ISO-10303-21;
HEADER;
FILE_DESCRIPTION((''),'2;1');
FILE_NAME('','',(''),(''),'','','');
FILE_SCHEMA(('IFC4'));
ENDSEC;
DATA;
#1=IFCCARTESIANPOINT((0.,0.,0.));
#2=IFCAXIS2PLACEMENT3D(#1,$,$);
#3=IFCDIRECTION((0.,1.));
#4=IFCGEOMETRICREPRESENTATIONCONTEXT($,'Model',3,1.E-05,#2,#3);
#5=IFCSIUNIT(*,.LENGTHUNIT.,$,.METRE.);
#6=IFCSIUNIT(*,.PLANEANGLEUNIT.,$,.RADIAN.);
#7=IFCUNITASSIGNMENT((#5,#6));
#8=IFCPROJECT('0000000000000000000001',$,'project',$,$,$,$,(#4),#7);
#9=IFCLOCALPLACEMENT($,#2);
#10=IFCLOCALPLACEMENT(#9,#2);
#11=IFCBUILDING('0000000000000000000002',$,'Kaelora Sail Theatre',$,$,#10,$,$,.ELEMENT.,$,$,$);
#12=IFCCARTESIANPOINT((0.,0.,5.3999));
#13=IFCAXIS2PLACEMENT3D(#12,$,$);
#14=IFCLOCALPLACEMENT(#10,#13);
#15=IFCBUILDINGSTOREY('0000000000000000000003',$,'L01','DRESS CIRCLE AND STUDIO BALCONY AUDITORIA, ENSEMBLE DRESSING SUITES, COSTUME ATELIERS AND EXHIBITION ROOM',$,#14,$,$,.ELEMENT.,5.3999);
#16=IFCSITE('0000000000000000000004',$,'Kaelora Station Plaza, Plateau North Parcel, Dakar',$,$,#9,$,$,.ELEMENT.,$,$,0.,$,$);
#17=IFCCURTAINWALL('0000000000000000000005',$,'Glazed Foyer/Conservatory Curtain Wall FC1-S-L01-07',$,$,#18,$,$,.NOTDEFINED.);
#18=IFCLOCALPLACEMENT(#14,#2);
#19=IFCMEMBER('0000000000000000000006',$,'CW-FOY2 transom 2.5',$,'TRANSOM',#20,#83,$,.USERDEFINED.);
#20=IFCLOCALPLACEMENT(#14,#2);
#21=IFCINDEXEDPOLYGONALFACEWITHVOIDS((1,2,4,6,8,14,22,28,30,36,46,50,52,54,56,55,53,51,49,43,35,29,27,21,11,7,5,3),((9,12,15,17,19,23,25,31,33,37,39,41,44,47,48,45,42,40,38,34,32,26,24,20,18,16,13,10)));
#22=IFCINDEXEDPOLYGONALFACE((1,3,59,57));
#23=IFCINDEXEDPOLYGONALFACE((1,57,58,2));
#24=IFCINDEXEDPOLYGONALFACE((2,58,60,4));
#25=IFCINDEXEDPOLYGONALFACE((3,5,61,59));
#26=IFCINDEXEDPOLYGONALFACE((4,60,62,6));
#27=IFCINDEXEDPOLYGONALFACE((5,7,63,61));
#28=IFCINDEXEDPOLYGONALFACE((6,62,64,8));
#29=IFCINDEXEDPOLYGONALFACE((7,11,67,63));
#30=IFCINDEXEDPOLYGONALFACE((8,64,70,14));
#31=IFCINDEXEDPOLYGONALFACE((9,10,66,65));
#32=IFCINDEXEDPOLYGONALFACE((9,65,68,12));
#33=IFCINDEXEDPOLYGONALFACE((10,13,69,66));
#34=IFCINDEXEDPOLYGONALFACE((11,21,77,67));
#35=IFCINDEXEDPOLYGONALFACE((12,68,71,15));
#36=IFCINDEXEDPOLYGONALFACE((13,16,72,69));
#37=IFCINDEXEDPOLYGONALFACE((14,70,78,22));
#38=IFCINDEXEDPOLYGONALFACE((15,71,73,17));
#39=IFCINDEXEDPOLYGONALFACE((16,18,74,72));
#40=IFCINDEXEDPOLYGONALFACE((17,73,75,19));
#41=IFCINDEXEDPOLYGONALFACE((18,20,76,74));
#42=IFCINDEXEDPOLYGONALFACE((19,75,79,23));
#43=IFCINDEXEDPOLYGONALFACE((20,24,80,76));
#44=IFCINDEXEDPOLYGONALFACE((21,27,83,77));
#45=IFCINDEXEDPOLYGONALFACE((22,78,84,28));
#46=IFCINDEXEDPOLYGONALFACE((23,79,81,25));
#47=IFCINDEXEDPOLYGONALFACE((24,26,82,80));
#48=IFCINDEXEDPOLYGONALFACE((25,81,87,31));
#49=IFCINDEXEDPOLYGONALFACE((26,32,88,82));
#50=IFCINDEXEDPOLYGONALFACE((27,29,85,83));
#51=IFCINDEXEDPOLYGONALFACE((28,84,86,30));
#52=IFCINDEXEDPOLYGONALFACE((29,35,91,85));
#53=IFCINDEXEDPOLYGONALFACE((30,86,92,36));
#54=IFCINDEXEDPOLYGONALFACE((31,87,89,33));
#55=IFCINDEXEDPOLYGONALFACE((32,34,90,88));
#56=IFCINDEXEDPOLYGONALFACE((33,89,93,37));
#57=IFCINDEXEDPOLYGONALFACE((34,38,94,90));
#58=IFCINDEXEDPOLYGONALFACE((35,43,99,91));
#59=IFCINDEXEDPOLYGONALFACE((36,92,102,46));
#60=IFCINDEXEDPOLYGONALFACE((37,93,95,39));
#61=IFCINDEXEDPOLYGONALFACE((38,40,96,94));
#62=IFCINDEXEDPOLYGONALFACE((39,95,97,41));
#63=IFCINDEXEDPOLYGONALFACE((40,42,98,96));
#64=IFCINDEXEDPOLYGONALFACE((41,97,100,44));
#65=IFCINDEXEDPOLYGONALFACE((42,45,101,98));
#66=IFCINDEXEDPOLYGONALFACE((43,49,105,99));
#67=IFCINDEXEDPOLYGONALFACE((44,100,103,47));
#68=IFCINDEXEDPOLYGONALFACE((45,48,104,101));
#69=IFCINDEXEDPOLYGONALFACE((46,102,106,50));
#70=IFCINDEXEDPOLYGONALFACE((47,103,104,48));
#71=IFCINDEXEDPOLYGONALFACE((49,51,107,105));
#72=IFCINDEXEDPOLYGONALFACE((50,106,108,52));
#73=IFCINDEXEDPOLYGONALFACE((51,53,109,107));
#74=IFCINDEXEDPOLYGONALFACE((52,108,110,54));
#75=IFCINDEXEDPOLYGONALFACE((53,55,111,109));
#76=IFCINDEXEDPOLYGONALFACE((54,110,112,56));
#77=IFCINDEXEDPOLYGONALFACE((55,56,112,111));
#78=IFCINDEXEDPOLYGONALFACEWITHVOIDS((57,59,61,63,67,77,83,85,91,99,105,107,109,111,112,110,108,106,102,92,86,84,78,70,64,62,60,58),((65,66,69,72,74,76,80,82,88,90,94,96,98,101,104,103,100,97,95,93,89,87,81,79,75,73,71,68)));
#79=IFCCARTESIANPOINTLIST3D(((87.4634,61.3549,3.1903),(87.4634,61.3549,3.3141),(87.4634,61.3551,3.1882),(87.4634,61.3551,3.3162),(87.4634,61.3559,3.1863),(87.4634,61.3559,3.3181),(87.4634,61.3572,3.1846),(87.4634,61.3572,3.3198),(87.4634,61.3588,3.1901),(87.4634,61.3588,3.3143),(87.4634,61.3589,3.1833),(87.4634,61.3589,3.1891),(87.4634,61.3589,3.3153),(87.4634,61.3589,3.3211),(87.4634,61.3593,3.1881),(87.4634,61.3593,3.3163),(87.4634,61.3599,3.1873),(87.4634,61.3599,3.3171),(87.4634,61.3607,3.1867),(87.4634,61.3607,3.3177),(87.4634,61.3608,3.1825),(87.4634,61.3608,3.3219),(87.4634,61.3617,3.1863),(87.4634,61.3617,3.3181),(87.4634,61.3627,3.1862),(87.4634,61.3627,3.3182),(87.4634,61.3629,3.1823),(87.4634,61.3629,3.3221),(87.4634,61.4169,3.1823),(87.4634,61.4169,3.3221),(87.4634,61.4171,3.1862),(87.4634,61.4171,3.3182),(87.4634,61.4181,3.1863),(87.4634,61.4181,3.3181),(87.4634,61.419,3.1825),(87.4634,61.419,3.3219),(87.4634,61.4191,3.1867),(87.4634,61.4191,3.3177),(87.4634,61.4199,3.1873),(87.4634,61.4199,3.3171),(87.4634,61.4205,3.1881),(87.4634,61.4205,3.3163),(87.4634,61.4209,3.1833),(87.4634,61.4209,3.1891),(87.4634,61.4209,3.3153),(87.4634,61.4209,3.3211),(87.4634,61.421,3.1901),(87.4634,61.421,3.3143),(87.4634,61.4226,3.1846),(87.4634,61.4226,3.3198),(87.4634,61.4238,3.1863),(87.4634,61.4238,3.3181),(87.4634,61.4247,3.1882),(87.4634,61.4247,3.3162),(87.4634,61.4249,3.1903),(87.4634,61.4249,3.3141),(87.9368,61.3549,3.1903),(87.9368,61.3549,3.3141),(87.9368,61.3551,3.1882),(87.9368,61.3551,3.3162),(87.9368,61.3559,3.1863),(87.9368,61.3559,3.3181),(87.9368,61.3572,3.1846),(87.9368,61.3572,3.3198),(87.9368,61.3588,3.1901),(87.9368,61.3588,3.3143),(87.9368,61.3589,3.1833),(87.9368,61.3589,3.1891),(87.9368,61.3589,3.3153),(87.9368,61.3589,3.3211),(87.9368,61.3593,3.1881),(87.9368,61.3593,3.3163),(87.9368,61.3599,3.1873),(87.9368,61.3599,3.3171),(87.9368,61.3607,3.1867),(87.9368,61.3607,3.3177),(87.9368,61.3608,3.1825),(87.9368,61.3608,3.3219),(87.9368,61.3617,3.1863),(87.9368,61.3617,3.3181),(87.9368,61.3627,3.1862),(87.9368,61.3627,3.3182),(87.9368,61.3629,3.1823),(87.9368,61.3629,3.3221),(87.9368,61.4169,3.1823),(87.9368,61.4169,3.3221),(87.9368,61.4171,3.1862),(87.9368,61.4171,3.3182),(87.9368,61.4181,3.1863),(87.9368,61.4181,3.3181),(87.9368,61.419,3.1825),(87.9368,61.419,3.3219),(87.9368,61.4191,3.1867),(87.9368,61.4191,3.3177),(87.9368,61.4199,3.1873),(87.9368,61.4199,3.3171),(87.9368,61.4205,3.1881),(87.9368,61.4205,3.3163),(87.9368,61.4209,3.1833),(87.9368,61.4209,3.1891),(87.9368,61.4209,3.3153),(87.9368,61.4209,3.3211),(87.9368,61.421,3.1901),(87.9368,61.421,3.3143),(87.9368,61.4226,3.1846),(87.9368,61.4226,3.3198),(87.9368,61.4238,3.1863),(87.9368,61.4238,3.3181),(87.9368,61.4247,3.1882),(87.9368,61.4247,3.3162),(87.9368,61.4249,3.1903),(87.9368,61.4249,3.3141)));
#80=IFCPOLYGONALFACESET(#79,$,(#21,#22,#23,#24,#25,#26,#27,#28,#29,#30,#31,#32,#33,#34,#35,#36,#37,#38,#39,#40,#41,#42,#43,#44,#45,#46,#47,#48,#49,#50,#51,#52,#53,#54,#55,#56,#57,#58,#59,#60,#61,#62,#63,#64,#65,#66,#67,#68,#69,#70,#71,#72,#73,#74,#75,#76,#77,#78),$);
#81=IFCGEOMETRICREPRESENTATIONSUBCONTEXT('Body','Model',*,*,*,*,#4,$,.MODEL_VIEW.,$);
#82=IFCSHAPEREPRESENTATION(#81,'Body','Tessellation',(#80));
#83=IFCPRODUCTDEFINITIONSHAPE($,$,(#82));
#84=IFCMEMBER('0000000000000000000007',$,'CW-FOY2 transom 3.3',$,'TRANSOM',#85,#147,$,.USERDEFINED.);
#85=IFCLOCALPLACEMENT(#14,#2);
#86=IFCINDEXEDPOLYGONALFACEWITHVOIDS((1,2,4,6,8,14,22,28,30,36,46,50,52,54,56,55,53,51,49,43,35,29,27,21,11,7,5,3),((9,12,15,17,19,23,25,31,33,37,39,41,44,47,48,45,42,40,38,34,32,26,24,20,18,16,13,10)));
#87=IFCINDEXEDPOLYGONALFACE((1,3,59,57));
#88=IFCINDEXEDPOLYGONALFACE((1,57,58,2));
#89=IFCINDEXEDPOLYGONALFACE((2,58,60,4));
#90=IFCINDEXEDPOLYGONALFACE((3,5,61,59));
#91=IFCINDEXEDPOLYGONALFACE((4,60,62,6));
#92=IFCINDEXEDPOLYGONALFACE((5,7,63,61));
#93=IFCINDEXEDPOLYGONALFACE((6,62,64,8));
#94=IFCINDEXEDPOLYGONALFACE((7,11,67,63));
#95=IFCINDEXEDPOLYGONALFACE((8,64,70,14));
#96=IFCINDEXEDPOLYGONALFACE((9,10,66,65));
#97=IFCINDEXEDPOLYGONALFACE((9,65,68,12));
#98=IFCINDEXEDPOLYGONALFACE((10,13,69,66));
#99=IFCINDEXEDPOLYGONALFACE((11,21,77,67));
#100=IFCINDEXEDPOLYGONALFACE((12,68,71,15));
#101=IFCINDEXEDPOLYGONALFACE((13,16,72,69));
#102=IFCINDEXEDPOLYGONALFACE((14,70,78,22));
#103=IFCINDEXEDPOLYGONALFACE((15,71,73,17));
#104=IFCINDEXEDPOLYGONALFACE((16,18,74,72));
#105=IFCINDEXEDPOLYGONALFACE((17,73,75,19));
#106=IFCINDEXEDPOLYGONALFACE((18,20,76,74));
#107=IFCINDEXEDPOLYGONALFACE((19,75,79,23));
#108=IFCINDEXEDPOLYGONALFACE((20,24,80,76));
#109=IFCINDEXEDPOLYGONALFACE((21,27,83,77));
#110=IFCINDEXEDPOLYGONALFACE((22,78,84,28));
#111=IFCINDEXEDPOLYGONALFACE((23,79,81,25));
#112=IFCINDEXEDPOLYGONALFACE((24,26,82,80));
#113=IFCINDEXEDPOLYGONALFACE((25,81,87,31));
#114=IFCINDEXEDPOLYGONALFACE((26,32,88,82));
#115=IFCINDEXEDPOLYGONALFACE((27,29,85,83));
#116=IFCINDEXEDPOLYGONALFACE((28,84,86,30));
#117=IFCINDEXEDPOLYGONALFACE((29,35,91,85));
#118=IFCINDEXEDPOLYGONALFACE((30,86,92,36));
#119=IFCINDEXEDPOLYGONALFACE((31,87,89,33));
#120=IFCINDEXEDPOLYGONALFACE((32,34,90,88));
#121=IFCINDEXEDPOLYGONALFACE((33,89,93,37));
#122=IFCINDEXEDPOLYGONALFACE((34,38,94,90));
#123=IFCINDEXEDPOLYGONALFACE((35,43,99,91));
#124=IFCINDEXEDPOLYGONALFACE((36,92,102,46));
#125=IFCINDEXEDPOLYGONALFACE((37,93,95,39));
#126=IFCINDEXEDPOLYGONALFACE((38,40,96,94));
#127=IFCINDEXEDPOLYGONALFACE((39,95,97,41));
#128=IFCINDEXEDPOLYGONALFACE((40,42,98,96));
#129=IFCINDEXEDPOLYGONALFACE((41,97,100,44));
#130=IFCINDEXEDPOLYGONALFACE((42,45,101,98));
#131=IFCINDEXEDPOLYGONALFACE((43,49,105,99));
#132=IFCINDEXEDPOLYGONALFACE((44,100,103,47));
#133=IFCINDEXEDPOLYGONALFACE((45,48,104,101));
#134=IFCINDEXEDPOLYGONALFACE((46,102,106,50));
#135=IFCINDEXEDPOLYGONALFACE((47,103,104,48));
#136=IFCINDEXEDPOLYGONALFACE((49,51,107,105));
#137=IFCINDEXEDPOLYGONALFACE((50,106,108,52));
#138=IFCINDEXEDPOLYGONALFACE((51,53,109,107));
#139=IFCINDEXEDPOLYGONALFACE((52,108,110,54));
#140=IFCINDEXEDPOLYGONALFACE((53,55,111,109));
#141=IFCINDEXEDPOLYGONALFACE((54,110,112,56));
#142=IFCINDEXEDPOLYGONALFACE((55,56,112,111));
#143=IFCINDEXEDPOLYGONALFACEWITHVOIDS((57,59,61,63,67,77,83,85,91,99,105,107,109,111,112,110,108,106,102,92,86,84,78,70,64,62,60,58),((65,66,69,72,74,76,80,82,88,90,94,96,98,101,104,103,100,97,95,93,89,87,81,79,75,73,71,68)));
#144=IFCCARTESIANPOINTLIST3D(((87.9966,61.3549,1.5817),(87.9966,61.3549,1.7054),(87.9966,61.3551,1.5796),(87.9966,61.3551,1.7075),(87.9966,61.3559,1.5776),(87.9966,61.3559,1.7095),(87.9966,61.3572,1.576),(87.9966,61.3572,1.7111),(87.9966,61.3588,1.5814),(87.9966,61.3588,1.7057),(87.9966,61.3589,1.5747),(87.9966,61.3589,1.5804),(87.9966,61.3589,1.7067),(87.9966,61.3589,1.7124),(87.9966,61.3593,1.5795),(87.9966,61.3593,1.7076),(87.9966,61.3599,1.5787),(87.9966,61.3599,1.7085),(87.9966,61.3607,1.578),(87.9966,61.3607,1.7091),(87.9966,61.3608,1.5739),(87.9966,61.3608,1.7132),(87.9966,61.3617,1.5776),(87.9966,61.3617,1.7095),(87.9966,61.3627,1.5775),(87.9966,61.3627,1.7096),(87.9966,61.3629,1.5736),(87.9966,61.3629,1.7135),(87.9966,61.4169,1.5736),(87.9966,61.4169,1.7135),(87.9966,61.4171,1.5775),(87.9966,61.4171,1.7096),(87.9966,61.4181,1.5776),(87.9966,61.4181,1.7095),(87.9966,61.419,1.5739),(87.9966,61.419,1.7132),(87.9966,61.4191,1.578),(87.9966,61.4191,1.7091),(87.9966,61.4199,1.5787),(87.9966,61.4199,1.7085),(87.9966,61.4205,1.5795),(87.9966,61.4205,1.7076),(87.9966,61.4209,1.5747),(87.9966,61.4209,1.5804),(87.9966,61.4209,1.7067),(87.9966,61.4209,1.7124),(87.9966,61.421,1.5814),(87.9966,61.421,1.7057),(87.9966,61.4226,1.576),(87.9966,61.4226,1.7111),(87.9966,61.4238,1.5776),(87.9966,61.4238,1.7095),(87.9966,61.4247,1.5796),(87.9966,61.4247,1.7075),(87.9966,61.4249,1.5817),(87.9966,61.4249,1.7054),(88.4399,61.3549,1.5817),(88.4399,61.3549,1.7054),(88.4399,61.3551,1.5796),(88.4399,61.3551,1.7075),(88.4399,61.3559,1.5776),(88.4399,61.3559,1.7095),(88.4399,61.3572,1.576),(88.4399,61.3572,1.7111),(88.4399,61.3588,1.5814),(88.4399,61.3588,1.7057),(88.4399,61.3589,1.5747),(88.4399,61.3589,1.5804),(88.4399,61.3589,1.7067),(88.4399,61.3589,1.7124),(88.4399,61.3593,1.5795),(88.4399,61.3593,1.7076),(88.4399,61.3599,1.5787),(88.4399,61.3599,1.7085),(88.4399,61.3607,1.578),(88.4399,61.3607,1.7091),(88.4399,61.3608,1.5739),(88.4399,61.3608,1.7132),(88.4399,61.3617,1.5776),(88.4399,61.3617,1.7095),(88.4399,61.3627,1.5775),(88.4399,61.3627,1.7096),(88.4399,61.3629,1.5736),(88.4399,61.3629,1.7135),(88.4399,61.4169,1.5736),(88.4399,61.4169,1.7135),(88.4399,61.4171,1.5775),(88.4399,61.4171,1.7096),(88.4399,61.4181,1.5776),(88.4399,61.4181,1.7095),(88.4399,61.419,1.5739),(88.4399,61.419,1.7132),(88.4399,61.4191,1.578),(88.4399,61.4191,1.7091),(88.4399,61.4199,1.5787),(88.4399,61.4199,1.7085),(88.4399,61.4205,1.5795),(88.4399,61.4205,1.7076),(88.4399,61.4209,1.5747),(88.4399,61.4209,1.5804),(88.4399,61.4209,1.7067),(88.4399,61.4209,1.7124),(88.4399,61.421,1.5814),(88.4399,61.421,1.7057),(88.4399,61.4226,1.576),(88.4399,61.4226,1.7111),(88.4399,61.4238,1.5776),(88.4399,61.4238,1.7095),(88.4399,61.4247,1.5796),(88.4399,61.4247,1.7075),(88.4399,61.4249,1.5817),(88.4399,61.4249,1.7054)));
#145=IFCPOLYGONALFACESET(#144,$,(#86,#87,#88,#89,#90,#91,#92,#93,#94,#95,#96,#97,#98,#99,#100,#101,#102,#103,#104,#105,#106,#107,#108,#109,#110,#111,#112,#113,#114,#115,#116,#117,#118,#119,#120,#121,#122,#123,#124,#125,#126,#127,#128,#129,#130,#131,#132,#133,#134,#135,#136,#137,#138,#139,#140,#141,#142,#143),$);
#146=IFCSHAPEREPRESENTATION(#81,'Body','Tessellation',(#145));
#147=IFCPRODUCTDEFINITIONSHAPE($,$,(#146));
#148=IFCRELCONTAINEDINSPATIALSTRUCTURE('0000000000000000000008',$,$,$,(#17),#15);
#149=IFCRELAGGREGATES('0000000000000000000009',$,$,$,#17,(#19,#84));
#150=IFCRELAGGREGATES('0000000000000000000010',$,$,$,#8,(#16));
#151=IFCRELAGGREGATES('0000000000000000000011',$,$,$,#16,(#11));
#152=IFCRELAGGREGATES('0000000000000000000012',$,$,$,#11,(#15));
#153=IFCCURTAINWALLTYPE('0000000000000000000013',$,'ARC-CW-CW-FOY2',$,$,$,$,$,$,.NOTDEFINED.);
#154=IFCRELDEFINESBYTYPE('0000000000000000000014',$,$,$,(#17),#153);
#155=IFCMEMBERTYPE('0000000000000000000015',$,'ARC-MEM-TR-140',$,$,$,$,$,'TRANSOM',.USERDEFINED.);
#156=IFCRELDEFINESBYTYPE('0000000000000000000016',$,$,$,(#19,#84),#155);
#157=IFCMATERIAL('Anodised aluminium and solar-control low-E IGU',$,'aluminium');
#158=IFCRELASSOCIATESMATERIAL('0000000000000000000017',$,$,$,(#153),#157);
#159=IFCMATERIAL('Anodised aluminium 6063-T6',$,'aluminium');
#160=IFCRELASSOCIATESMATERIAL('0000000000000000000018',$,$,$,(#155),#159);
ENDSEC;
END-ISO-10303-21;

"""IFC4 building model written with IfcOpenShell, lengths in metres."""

from ifc_helpers import new_model, si_unit, direction, frame, origin, origin_2d, place, context, subcontext, project, spatial, hollow_rectangle, extrude, material, material_profile, profile_set, type_object, element, aggregate, save


model = new_model("IFC4")

# Units and contexts
model_context = context("Model", 3, precision=1e-05, world=origin(), true_north=direction((0.0, 1.0)))
body_context = subcontext(model_context, "Body", "Model", "MODEL_VIEW")
ifc_project = project(units=[si_unit("LENGTHUNIT", "METRE"), si_unit("PLANEANGLEUNIT", "RADIAN")], contexts=[model_context])

# Site, building, storey
site_placement = place(None, origin())
site = spatial("IfcSite", under=ifc_project, at=site_placement, Name="Kaelora Station Plaza, Plateau North Parcel, Dakar", CompositionType="ELEMENT", RefElevation=0.0)
building_placement = place(site_placement, origin())
building = spatial("IfcBuilding", under=site, at=building_placement, Name="Kaelora Sail Theatre", CompositionType="ELEMENT")
storey_placement = place(building_placement, frame((0.0, 0.0, 5.3999)))
storey = spatial("IfcBuildingStorey", under=building, at=storey_placement, Name="L01", Description="DRESS CIRCLE AND STUDIO BALCONY AUDITORIA, ENSEMBLE DRESSING SUITES, COSTUME ATELIERS AND EXHIBITION ROOM", CompositionType="ELEMENT", Elevation=5.3999)

# Curtain wall, members
ifc_material_1 = material(Name="Anodised aluminium and solar-control low-E IGU", Category="aluminium")
curtain_wall_type = type_object("IfcCurtainWallType", Name="ARC-CW-CW-FOY2", PredefinedType="NOTDEFINED", material=ifc_material_1)
ifc_material_2 = material(Name="Anodised aluminium 6063-T6", Category="aluminium")
ifc_material_profile = material_profile(ifc_material_2, hollow_rectangle(XDim=0.0701, YDim=0.1399, WallThickness=0.0039, InnerFilletRadius=0.0039, OuterFilletRadius=0.0081, at=origin_2d()), Name="ALU-TRAN 70x140x4")
ifc_profile_set = profile_set([ifc_material_profile], Name="Anodised aluminium 6063-T6")
member_type = type_object("IfcMemberType", Name="ARC-MEM-TR-140", ElementType="TRANSOM", PredefinedType="USERDEFINED", material=ifc_profile_set)
curtain_wall_1_placement = place(storey_placement, origin())
curtain_wall_1 = element("IfcCurtainWall", 1, at=curtain_wall_1_placement, inside=storey, type_object=curtain_wall_type, Name="Glazed Foyer/Conservatory Curtain Wall FC1-S-L01-07", PredefinedType="NOTDEFINED")
member_1_placement = place(storey_placement, frame((87.4634, 61.3899, 3.2522), z_axis=(1.0, 0.0, 0.0), x_axis=(0.0, 1.0, 0.0)))
member_1 = element("IfcMember", 2, at=member_1_placement, type_object=member_type, Name="CW-FOY2 transom 2.5", ObjectType="TRANSOM", PredefinedType="USERDEFINED", context=body_context, shape_type="SweptSolid", body=[
    extrude(hollow_rectangle(XDim=0.0701, YDim=0.1399, WallThickness=0.0039, InnerFilletRadius=0.0039, OuterFilletRadius=0.0081, at=origin_2d()), origin(), (0.0, 0.0, 1.0), 0.4734),
])
member_2_placement = place(storey_placement, frame((87.9966, 61.3899, 1.6436), z_axis=(1.0, 0.0, 0.0), x_axis=(0.0, 1.0, 0.0)))
member_2 = element("IfcMember", 3, at=member_2_placement, type_object=member_type, Name="CW-FOY2 transom 3.3", ObjectType="TRANSOM", PredefinedType="USERDEFINED", context=body_context, shape_type="SweptSolid", body=[
    extrude(hollow_rectangle(XDim=0.0701, YDim=0.1399, WallThickness=0.0039, InnerFilletRadius=0.0039, OuterFilletRadius=0.0081, at=origin_2d()), origin(), (0.0, 0.0, 1.0), 0.4434),
])

aggregate(curtain_wall_1, [member_1, member_2])

save(model, "model.ifc")
